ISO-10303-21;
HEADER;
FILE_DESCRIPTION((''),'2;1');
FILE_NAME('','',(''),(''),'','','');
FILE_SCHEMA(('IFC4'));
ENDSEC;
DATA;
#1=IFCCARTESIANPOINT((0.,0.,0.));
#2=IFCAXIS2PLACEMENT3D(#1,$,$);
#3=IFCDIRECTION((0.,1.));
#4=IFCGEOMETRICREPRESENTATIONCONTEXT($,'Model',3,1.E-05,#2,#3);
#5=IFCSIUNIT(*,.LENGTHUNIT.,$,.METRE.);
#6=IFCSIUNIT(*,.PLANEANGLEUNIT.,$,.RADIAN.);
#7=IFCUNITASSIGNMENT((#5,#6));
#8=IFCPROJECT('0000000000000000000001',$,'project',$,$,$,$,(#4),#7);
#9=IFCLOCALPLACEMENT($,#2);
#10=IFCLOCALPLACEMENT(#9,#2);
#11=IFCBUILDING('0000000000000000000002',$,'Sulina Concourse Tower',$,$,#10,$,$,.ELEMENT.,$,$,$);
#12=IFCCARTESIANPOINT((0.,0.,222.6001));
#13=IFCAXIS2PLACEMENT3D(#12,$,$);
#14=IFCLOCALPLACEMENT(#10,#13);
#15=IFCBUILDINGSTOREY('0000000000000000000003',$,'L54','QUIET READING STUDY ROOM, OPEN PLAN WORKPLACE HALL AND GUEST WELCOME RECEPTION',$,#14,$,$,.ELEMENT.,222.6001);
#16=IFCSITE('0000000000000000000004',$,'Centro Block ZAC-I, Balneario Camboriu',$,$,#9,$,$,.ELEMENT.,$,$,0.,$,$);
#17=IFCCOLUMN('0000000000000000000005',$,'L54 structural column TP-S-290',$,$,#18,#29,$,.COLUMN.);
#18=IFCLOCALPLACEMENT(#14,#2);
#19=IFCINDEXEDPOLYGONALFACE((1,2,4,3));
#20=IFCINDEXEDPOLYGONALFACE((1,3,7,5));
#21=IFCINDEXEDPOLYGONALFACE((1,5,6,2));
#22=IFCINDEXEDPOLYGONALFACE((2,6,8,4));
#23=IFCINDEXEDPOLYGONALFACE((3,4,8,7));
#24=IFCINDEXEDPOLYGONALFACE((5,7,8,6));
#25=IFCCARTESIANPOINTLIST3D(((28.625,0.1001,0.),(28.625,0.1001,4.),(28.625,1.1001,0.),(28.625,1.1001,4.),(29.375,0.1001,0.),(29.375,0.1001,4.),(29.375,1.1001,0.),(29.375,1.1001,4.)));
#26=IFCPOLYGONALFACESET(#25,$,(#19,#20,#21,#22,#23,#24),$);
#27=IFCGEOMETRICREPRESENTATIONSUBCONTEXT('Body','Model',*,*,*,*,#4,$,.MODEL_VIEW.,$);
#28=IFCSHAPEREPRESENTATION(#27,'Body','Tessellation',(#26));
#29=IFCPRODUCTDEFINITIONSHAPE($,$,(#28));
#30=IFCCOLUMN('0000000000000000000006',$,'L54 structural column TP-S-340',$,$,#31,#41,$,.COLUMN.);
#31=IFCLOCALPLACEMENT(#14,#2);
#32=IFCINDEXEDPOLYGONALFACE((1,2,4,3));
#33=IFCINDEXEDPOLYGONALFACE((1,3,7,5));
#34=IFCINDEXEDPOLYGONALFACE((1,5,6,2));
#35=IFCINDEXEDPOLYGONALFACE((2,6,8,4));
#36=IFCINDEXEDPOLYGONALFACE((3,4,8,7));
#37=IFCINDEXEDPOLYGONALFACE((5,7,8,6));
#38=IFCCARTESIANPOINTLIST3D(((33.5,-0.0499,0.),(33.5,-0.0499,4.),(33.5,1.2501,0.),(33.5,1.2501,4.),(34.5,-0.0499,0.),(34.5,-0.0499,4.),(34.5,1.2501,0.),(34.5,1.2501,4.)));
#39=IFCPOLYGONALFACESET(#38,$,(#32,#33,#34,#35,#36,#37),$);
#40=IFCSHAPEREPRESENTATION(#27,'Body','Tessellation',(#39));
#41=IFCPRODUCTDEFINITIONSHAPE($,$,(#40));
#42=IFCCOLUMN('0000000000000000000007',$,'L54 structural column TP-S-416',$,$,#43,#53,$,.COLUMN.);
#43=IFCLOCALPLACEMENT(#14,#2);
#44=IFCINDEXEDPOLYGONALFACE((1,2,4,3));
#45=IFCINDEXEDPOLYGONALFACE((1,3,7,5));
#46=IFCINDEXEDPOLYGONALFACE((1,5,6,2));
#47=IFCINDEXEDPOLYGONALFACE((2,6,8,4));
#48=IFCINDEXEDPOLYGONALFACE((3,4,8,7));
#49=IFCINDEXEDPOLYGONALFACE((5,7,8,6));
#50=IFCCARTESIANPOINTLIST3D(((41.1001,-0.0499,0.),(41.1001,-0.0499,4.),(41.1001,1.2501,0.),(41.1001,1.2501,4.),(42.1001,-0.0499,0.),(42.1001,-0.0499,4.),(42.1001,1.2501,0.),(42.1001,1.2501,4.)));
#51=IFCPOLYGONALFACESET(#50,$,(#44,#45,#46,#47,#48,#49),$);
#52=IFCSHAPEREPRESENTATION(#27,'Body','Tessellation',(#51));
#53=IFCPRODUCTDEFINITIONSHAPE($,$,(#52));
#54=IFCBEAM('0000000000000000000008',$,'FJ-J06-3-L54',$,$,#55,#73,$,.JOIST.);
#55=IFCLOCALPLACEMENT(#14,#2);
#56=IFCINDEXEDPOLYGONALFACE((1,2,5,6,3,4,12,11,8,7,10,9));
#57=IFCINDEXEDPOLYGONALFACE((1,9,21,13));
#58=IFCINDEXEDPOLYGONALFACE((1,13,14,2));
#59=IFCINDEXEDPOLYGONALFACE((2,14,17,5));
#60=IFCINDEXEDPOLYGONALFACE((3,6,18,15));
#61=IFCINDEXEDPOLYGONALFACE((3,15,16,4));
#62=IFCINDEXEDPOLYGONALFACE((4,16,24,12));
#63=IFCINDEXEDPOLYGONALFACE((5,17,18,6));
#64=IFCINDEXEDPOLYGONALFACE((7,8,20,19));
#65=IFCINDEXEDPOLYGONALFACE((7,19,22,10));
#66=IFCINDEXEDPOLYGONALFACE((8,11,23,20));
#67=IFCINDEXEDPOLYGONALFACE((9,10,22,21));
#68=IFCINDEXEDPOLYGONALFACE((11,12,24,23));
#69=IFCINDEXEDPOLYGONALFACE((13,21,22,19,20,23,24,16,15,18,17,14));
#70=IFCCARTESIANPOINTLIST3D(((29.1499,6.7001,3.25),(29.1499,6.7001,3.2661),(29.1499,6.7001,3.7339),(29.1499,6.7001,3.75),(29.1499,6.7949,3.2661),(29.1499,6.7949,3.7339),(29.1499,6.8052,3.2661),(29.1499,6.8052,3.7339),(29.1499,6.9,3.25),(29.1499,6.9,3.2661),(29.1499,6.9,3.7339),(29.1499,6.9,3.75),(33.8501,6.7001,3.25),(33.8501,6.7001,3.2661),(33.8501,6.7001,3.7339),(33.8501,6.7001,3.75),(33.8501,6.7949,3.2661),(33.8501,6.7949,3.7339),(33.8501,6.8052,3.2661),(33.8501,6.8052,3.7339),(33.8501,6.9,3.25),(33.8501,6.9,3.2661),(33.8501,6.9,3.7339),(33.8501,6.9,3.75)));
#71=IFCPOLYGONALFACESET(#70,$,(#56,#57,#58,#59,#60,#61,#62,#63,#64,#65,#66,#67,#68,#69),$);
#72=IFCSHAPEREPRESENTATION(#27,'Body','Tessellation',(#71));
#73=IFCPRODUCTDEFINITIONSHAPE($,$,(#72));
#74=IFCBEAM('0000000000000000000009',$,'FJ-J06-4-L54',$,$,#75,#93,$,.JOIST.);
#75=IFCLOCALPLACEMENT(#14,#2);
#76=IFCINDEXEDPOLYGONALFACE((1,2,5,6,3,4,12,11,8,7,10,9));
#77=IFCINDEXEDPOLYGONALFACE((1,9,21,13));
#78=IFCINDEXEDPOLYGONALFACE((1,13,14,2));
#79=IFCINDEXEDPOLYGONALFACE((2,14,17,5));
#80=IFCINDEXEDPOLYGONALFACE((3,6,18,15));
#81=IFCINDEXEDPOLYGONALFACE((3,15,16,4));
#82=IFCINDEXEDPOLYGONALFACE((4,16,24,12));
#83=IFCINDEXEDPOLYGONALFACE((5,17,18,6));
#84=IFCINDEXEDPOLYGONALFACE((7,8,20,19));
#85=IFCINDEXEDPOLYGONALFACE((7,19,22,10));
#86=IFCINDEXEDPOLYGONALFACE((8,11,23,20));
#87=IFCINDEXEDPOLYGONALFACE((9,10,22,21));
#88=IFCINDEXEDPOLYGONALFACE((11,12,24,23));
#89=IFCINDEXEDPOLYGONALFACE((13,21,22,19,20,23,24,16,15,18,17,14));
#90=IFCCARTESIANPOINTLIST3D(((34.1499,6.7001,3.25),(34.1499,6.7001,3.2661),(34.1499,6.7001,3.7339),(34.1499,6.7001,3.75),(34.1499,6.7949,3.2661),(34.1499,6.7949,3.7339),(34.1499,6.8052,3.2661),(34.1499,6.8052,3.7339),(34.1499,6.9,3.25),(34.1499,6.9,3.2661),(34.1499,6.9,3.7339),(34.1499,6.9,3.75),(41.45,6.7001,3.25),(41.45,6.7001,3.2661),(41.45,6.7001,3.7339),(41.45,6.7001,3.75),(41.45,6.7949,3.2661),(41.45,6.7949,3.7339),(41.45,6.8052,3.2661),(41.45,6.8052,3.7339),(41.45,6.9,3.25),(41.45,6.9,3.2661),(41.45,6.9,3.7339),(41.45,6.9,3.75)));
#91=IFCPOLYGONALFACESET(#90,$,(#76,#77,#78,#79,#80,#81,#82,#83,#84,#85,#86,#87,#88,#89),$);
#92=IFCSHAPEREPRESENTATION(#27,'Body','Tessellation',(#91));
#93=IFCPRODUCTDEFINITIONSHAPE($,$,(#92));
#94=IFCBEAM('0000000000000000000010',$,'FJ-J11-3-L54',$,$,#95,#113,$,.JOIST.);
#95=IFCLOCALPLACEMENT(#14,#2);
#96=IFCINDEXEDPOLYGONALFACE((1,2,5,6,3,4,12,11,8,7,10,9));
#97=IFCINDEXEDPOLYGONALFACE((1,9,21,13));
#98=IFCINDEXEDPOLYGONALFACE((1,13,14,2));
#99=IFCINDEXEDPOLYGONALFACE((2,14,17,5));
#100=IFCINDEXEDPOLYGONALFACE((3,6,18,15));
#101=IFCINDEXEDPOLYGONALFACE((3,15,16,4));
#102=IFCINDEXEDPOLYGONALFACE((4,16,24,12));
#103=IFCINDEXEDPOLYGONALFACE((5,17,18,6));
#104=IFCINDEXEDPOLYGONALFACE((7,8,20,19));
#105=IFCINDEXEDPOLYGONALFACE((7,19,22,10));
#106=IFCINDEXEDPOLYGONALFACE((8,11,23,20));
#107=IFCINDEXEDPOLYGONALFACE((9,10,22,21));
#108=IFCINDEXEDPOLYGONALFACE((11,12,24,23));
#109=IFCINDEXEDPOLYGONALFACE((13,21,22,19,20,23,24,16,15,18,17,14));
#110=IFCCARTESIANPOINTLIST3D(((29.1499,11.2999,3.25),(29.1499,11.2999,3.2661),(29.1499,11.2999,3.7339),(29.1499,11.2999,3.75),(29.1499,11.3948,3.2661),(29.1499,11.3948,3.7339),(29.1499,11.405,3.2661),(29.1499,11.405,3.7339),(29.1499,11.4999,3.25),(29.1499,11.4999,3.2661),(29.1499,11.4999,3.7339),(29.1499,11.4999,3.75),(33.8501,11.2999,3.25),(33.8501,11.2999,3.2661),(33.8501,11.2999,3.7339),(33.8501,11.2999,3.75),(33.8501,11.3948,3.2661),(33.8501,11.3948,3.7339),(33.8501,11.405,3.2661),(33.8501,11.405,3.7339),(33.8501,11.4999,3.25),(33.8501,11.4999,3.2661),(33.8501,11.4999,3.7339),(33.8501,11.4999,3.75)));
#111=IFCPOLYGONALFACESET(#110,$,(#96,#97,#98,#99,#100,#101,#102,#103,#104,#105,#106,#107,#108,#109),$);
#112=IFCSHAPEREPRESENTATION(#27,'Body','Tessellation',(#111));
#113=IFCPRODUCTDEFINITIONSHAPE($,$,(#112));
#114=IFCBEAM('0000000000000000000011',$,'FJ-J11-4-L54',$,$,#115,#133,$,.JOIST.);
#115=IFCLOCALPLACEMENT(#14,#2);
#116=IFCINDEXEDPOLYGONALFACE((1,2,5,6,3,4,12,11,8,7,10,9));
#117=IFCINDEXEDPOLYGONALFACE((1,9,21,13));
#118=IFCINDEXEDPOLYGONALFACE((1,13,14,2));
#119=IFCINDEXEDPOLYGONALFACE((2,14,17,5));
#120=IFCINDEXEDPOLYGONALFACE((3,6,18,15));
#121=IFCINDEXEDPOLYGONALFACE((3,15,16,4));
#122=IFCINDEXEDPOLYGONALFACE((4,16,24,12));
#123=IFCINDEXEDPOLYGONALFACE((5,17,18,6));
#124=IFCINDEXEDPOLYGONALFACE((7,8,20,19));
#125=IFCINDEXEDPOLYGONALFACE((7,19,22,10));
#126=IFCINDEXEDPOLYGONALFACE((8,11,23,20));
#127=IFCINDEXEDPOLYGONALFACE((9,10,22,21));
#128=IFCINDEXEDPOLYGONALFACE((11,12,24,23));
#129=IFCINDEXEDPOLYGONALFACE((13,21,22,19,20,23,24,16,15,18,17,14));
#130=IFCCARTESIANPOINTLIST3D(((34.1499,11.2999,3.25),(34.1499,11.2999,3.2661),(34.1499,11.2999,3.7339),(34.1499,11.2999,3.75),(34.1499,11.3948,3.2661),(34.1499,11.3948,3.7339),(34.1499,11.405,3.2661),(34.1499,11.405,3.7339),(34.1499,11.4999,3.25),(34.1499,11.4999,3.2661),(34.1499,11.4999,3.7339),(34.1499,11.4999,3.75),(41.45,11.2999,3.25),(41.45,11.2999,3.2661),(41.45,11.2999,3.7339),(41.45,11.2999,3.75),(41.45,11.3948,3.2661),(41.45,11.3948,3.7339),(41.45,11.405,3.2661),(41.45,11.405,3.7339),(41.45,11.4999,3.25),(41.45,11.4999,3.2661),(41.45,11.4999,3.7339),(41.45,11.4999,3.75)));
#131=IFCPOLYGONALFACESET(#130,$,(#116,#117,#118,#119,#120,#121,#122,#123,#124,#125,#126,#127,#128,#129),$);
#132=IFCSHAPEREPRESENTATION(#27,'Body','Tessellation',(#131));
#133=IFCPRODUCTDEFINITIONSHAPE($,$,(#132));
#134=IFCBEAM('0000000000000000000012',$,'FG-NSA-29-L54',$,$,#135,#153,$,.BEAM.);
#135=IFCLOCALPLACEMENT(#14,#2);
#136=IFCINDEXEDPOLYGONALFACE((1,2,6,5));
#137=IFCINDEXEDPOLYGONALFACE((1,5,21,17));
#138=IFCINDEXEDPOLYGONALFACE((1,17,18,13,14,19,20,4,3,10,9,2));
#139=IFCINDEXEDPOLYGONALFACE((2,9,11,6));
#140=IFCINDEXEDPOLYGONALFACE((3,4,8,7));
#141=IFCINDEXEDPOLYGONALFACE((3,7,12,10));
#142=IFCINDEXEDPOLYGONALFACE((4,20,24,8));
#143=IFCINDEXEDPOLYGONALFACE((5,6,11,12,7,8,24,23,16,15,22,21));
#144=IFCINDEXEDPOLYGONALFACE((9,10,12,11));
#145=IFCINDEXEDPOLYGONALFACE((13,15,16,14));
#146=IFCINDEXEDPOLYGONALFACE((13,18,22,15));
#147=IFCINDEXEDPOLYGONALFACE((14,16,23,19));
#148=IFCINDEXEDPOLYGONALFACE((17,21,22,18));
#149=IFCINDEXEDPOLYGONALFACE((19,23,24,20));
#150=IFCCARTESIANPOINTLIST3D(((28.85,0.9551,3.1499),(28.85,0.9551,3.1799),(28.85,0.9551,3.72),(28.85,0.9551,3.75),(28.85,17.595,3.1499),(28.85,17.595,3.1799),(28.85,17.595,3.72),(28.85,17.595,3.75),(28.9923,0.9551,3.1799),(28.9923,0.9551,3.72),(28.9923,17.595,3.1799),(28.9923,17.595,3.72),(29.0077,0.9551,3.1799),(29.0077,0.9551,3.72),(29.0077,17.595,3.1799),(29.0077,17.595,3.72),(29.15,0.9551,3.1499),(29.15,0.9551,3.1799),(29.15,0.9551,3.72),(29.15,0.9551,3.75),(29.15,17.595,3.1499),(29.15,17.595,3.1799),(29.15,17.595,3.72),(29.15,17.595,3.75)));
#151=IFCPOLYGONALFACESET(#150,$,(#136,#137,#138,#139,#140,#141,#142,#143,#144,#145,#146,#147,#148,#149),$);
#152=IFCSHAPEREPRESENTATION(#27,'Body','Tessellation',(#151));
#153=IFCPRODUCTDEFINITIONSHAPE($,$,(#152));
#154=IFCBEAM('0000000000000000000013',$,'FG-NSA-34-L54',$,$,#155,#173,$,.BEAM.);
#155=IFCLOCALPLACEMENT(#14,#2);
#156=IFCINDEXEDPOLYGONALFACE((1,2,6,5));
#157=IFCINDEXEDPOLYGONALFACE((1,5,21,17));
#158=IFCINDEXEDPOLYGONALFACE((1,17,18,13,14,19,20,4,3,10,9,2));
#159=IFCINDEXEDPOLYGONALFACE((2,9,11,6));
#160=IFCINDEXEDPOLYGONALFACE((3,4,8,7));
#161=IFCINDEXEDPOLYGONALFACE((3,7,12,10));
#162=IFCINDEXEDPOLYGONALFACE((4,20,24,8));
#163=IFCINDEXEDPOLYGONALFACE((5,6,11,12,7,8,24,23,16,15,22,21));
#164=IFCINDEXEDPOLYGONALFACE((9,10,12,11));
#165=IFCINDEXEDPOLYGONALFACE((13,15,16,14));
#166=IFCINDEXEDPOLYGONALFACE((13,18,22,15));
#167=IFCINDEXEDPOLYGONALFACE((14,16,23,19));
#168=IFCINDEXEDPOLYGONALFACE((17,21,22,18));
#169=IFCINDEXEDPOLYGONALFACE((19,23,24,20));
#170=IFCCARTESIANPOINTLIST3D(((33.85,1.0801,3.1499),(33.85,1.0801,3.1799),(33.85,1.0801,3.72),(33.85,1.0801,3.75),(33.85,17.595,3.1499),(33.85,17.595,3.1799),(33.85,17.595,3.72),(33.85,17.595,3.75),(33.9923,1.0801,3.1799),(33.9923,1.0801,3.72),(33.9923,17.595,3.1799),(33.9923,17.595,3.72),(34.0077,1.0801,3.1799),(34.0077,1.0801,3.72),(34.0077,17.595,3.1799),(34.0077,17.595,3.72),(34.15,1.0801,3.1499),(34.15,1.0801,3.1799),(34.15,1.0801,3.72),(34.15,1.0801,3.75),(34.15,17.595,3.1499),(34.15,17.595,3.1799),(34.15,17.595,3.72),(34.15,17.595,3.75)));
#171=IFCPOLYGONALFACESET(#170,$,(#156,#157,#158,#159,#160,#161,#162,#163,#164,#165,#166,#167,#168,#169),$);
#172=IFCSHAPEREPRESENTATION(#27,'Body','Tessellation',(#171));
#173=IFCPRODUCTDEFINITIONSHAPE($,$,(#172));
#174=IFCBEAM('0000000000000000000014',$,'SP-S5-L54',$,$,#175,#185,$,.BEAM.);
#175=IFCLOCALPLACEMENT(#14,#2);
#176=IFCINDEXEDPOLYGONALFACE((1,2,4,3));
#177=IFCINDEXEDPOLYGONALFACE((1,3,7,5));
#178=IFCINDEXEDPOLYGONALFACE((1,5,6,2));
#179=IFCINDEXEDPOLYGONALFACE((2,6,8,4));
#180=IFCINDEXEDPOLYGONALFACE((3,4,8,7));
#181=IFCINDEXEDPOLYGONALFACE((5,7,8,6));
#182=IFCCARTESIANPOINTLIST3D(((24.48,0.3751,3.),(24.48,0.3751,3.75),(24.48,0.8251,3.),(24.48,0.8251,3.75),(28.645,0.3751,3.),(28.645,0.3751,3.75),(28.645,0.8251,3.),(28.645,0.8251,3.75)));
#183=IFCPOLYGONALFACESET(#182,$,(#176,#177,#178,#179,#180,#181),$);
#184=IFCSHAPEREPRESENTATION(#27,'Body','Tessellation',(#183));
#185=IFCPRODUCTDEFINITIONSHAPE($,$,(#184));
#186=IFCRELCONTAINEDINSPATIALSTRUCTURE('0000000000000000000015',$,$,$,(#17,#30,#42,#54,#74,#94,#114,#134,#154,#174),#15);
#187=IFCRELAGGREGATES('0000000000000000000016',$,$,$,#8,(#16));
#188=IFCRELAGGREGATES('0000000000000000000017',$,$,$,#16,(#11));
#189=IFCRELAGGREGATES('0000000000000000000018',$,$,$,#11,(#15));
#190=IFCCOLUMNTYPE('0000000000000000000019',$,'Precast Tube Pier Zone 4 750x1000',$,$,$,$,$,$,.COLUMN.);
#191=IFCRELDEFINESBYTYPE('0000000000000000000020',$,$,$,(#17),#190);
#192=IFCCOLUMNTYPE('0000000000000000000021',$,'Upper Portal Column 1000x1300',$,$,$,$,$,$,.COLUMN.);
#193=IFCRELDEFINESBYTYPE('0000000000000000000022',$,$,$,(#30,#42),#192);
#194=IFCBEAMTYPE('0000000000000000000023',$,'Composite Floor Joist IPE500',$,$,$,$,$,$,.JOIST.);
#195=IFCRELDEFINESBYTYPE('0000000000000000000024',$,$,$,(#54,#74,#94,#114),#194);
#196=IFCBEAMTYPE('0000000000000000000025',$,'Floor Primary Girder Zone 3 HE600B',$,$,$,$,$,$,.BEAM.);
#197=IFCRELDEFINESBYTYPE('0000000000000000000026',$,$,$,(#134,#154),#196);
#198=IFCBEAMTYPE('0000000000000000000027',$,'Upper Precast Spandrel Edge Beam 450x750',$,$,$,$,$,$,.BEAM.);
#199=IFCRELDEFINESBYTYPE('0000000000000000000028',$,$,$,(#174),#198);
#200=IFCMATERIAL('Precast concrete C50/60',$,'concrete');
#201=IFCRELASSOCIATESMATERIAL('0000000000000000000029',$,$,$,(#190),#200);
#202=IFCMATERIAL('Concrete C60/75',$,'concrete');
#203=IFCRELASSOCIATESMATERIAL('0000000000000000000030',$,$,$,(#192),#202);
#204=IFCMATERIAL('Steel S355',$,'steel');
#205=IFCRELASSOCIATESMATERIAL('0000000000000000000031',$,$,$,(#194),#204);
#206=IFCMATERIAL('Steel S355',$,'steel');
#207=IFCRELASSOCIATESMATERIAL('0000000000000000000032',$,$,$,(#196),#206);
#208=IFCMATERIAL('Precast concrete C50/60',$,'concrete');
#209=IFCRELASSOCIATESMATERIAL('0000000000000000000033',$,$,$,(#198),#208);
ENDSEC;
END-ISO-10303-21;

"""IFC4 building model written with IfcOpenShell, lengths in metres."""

from ifc_helpers import new_model, si_unit, direction, frame, origin, origin_2d, place, context, subcontext, project, spatial, rectangle, i_section, extrude, material, material_profile, profile_set, type_object, element, save


model = new_model("IFC4")

# Units and contexts
model_context = context("Model", 3, precision=1e-05, world=origin(), true_north=direction((0.0, 1.0)))
body_context = subcontext(model_context, "Body", "Model", "MODEL_VIEW")
ifc_project = project(units=[si_unit("LENGTHUNIT", "METRE"), si_unit("PLANEANGLEUNIT", "RADIAN")], contexts=[model_context])

# Site, building, storey
site_placement = place(None, origin())
site = spatial("IfcSite", under=ifc_project, at=site_placement, Name="Centro Block ZAC-I, Balneario Camboriu", CompositionType="ELEMENT", RefElevation=0.0)
building_placement = place(site_placement, origin())
building = spatial("IfcBuilding", under=site, at=building_placement, Name="Sulina Concourse Tower", CompositionType="ELEMENT")
storey_placement = place(building_placement, frame((0.0, 0.0, 222.6001)))
storey = spatial("IfcBuildingStorey", under=building, at=storey_placement, Name="L54", Description="QUIET READING STUDY ROOM, OPEN PLAN WORKPLACE HALL AND GUEST WELCOME RECEPTION", CompositionType="ELEMENT", Elevation=222.6001)

# Columns
ifc_material_1 = material(Name="Precast concrete C50/60", Category="concrete")
ifc_material_profile_1 = material_profile(ifc_material_1, rectangle(XDim=0.75, YDim=1.0, at=origin_2d()), Name="PC 750x1000")
ifc_profile_set_1 = profile_set([ifc_material_profile_1], Name="Precast concrete C50/60")
column_type_1 = type_object("IfcColumnType", Name="Precast Tube Pier Zone 4 750x1000", PredefinedType="COLUMN", material=ifc_profile_set_1)
column_placement = place(storey_placement, frame((29.0, 0.6001, 0.0), z_axis=(0.0, 0.0, 1.0), x_axis=(1.0, 0.0, 0.0)))
element("IfcColumn", 1, at=column_placement, inside=storey, type_object=column_type_1, Name="L54 structural column TP-S-290", PredefinedType="COLUMN", context=body_context, shape_type="SweptSolid", body=[
    extrude(rectangle(XDim=0.75, YDim=1.0, at=origin_2d()), origin(), (0.0, 0.0, 1.0), 4.0),
])
ifc_material_2 = material(Name="Concrete C60/75", Category="concrete")
ifc_material_profile_2 = material_profile(ifc_material_2, rectangle(XDim=1.0, YDim=1.3, at=origin_2d()), Name="RC 1000x1300")
ifc_profile_set_2 = profile_set([ifc_material_profile_2], Name="Concrete C60/75")
column_type_2 = type_object("IfcColumnType", Name="Upper Portal Column 1000x1300", PredefinedType="COLUMN", material=ifc_profile_set_2)
for number, where, z_axis, x_axis, name in (
    (2, (34.0, 0.6001, 0.0), (0.0, 0.0, 1.0), (1.0, 0.0, 0.0), "L54 structural column TP-S-340"),
    (3, (41.6001, 0.6001, 0.0), (0.0, 0.0, 1.0), (1.0, 0.0, 0.0), "L54 structural column TP-S-416"),
):
    element("IfcColumn", number, at=place(storey_placement, frame(where, z_axis=z_axis, x_axis=x_axis)), inside=storey, type_object=column_type_2, Name=name, PredefinedType="COLUMN", context=body_context, shape_type="SweptSolid", body=[
        extrude(rectangle(XDim=1.0, YDim=1.3, at=origin_2d()), origin(), (0.0, 0.0, 1.0), 4.0),
    ])

# Beams
ifc_material_3 = material(Name="Steel S355", Category="steel")
ifc_material_profile_3 = material_profile(ifc_material_3, i_section(OverallWidth=0.2, OverallDepth=0.5, WebThickness=0.0103, FlangeThickness=0.0161, at=origin_2d()), Name="IPE 500")
ifc_profile_set_3 = profile_set([ifc_material_profile_3], Name="Steel S355")
beam_type_1 = type_object("IfcBeamType", Name="Composite Floor Joist IPE500", PredefinedType="JOIST", material=ifc_profile_set_3)
beam_1_placement = place(storey_placement, frame((29.1499, 6.8, 3.5), z_axis=(1.0, 0.0, 0.0), x_axis=(0.0, 1.0, 0.0)))
element("IfcBeam", 4, at=beam_1_placement, inside=storey, type_object=beam_type_1, Name="FJ-J06-3-L54", PredefinedType="JOIST", context=body_context, shape_type="SweptSolid", body=[
    extrude(i_section(OverallWidth=0.2, OverallDepth=0.5, WebThickness=0.0103, FlangeThickness=0.0161, at=origin_2d()), origin(), (0.0, 0.0, 1.0), 4.7002),
])
beam_2_placement = place(storey_placement, frame((34.1499, 6.8, 3.5), z_axis=(1.0, 0.0, 0.0), x_axis=(0.0, 1.0, 0.0)))
element("IfcBeam", 5, at=beam_2_placement, inside=storey, type_object=beam_type_1, Name="FJ-J06-4-L54", PredefinedType="JOIST", context=body_context, shape_type="SweptSolid", body=[
    extrude(i_section(OverallWidth=0.2, OverallDepth=0.5, WebThickness=0.0103, FlangeThickness=0.0161, at=origin_2d()), origin(), (0.0, 0.0, 1.0), 7.3),
])
beam_3_placement = place(storey_placement, frame((29.1499, 11.3999, 3.5), z_axis=(1.0, 0.0, 0.0), x_axis=(0.0, 1.0, 0.0)))
element("IfcBeam", 6, at=beam_3_placement, inside=storey, type_object=beam_type_1, Name="FJ-J11-3-L54", PredefinedType="JOIST", context=body_context, shape_type="SweptSolid", body=[
    extrude(i_section(OverallWidth=0.2, OverallDepth=0.5, WebThickness=0.0103, FlangeThickness=0.0161, at=origin_2d()), origin(), (0.0, 0.0, 1.0), 4.7002),
])
beam_4_placement = place(storey_placement, frame((34.1499, 11.3999, 3.5), z_axis=(1.0, 0.0, 0.0), x_axis=(0.0, 1.0, 0.0)))
element("IfcBeam", 7, at=beam_4_placement, inside=storey, type_object=beam_type_1, Name="FJ-J11-4-L54", PredefinedType="JOIST", context=body_context, shape_type="SweptSolid", body=[
    extrude(i_section(OverallWidth=0.2, OverallDepth=0.5, WebThickness=0.0103, FlangeThickness=0.0161, at=origin_2d()), origin(), (0.0, 0.0, 1.0), 7.3),
])
ifc_material_4 = material(Name="Steel S355", Category="steel")
ifc_material_profile_4 = material_profile(ifc_material_4, i_section(OverallWidth=0.3, OverallDepth=0.6001, WebThickness=0.0154, FlangeThickness=0.03, at=origin_2d()), Name="HE 600 B")
ifc_profile_set_4 = profile_set([ifc_material_profile_4], Name="Steel S355")
beam_type_2 = type_object("IfcBeamType", Name="Floor Primary Girder Zone 3 HE600B", PredefinedType="BEAM", material=ifc_profile_set_4)
beam_5_placement = place(storey_placement, frame((29.0, 0.9551, 3.45), z_axis=(0.0, 1.0, 0.0), x_axis=(-1.0, 0.0, 0.0)))
element("IfcBeam", 8, at=beam_5_placement, inside=storey, type_object=beam_type_2, Name="FG-NSA-29-L54", PredefinedType="BEAM", context=body_context, shape_type="SweptSolid", body=[
    extrude(i_section(OverallWidth=0.3, OverallDepth=0.6001, WebThickness=0.0154, FlangeThickness=0.03, at=origin_2d()), origin(), (0.0, 0.0, 1.0), 16.6399),
])
beam_6_placement = place(storey_placement, frame((34.0, 1.0801, 3.45), z_axis=(0.0, 1.0, 0.0), x_axis=(-1.0, 0.0, 0.0)))
element("IfcBeam", 9, at=beam_6_placement, inside=storey, type_object=beam_type_2, Name="FG-NSA-34-L54", PredefinedType="BEAM", context=body_context, shape_type="SweptSolid", body=[
    extrude(i_section(OverallWidth=0.3, OverallDepth=0.6001, WebThickness=0.0154, FlangeThickness=0.03, at=origin_2d()), origin(), (0.0, 0.0, 1.0), 16.5149),
])
ifc_material_5 = material(Name="Precast concrete C50/60", Category="concrete")
ifc_material_profile_5 = material_profile(ifc_material_5, rectangle(XDim=0.45, YDim=0.75, at=origin_2d()), Name="RC 450x750")
ifc_profile_set_5 = profile_set([ifc_material_profile_5], Name="Precast concrete C50/60")
beam_type_3 = type_object("IfcBeamType", Name="Upper Precast Spandrel Edge Beam 450x750", PredefinedType="BEAM", material=ifc_profile_set_5)
for number, where, z_axis, x_axis, name in (
    (10, (24.48, 0.6001, 3.375), (1.0, 0.0, 0.0), (0.0, 1.0, 0.0), "SP-S5-L54"),
):
    element("IfcBeam", number, at=place(storey_placement, frame(where, z_axis=z_axis, x_axis=x_axis)), inside=storey, type_object=beam_type_3, Name=name, PredefinedType="BEAM", context=body_context, shape_type="SweptSolid", body=[
        extrude(rectangle(XDim=0.45, YDim=0.75, at=origin_2d()), origin(), (0.0, 0.0, 1.0), 4.165),
    ])

save(model, "model.ifc")
